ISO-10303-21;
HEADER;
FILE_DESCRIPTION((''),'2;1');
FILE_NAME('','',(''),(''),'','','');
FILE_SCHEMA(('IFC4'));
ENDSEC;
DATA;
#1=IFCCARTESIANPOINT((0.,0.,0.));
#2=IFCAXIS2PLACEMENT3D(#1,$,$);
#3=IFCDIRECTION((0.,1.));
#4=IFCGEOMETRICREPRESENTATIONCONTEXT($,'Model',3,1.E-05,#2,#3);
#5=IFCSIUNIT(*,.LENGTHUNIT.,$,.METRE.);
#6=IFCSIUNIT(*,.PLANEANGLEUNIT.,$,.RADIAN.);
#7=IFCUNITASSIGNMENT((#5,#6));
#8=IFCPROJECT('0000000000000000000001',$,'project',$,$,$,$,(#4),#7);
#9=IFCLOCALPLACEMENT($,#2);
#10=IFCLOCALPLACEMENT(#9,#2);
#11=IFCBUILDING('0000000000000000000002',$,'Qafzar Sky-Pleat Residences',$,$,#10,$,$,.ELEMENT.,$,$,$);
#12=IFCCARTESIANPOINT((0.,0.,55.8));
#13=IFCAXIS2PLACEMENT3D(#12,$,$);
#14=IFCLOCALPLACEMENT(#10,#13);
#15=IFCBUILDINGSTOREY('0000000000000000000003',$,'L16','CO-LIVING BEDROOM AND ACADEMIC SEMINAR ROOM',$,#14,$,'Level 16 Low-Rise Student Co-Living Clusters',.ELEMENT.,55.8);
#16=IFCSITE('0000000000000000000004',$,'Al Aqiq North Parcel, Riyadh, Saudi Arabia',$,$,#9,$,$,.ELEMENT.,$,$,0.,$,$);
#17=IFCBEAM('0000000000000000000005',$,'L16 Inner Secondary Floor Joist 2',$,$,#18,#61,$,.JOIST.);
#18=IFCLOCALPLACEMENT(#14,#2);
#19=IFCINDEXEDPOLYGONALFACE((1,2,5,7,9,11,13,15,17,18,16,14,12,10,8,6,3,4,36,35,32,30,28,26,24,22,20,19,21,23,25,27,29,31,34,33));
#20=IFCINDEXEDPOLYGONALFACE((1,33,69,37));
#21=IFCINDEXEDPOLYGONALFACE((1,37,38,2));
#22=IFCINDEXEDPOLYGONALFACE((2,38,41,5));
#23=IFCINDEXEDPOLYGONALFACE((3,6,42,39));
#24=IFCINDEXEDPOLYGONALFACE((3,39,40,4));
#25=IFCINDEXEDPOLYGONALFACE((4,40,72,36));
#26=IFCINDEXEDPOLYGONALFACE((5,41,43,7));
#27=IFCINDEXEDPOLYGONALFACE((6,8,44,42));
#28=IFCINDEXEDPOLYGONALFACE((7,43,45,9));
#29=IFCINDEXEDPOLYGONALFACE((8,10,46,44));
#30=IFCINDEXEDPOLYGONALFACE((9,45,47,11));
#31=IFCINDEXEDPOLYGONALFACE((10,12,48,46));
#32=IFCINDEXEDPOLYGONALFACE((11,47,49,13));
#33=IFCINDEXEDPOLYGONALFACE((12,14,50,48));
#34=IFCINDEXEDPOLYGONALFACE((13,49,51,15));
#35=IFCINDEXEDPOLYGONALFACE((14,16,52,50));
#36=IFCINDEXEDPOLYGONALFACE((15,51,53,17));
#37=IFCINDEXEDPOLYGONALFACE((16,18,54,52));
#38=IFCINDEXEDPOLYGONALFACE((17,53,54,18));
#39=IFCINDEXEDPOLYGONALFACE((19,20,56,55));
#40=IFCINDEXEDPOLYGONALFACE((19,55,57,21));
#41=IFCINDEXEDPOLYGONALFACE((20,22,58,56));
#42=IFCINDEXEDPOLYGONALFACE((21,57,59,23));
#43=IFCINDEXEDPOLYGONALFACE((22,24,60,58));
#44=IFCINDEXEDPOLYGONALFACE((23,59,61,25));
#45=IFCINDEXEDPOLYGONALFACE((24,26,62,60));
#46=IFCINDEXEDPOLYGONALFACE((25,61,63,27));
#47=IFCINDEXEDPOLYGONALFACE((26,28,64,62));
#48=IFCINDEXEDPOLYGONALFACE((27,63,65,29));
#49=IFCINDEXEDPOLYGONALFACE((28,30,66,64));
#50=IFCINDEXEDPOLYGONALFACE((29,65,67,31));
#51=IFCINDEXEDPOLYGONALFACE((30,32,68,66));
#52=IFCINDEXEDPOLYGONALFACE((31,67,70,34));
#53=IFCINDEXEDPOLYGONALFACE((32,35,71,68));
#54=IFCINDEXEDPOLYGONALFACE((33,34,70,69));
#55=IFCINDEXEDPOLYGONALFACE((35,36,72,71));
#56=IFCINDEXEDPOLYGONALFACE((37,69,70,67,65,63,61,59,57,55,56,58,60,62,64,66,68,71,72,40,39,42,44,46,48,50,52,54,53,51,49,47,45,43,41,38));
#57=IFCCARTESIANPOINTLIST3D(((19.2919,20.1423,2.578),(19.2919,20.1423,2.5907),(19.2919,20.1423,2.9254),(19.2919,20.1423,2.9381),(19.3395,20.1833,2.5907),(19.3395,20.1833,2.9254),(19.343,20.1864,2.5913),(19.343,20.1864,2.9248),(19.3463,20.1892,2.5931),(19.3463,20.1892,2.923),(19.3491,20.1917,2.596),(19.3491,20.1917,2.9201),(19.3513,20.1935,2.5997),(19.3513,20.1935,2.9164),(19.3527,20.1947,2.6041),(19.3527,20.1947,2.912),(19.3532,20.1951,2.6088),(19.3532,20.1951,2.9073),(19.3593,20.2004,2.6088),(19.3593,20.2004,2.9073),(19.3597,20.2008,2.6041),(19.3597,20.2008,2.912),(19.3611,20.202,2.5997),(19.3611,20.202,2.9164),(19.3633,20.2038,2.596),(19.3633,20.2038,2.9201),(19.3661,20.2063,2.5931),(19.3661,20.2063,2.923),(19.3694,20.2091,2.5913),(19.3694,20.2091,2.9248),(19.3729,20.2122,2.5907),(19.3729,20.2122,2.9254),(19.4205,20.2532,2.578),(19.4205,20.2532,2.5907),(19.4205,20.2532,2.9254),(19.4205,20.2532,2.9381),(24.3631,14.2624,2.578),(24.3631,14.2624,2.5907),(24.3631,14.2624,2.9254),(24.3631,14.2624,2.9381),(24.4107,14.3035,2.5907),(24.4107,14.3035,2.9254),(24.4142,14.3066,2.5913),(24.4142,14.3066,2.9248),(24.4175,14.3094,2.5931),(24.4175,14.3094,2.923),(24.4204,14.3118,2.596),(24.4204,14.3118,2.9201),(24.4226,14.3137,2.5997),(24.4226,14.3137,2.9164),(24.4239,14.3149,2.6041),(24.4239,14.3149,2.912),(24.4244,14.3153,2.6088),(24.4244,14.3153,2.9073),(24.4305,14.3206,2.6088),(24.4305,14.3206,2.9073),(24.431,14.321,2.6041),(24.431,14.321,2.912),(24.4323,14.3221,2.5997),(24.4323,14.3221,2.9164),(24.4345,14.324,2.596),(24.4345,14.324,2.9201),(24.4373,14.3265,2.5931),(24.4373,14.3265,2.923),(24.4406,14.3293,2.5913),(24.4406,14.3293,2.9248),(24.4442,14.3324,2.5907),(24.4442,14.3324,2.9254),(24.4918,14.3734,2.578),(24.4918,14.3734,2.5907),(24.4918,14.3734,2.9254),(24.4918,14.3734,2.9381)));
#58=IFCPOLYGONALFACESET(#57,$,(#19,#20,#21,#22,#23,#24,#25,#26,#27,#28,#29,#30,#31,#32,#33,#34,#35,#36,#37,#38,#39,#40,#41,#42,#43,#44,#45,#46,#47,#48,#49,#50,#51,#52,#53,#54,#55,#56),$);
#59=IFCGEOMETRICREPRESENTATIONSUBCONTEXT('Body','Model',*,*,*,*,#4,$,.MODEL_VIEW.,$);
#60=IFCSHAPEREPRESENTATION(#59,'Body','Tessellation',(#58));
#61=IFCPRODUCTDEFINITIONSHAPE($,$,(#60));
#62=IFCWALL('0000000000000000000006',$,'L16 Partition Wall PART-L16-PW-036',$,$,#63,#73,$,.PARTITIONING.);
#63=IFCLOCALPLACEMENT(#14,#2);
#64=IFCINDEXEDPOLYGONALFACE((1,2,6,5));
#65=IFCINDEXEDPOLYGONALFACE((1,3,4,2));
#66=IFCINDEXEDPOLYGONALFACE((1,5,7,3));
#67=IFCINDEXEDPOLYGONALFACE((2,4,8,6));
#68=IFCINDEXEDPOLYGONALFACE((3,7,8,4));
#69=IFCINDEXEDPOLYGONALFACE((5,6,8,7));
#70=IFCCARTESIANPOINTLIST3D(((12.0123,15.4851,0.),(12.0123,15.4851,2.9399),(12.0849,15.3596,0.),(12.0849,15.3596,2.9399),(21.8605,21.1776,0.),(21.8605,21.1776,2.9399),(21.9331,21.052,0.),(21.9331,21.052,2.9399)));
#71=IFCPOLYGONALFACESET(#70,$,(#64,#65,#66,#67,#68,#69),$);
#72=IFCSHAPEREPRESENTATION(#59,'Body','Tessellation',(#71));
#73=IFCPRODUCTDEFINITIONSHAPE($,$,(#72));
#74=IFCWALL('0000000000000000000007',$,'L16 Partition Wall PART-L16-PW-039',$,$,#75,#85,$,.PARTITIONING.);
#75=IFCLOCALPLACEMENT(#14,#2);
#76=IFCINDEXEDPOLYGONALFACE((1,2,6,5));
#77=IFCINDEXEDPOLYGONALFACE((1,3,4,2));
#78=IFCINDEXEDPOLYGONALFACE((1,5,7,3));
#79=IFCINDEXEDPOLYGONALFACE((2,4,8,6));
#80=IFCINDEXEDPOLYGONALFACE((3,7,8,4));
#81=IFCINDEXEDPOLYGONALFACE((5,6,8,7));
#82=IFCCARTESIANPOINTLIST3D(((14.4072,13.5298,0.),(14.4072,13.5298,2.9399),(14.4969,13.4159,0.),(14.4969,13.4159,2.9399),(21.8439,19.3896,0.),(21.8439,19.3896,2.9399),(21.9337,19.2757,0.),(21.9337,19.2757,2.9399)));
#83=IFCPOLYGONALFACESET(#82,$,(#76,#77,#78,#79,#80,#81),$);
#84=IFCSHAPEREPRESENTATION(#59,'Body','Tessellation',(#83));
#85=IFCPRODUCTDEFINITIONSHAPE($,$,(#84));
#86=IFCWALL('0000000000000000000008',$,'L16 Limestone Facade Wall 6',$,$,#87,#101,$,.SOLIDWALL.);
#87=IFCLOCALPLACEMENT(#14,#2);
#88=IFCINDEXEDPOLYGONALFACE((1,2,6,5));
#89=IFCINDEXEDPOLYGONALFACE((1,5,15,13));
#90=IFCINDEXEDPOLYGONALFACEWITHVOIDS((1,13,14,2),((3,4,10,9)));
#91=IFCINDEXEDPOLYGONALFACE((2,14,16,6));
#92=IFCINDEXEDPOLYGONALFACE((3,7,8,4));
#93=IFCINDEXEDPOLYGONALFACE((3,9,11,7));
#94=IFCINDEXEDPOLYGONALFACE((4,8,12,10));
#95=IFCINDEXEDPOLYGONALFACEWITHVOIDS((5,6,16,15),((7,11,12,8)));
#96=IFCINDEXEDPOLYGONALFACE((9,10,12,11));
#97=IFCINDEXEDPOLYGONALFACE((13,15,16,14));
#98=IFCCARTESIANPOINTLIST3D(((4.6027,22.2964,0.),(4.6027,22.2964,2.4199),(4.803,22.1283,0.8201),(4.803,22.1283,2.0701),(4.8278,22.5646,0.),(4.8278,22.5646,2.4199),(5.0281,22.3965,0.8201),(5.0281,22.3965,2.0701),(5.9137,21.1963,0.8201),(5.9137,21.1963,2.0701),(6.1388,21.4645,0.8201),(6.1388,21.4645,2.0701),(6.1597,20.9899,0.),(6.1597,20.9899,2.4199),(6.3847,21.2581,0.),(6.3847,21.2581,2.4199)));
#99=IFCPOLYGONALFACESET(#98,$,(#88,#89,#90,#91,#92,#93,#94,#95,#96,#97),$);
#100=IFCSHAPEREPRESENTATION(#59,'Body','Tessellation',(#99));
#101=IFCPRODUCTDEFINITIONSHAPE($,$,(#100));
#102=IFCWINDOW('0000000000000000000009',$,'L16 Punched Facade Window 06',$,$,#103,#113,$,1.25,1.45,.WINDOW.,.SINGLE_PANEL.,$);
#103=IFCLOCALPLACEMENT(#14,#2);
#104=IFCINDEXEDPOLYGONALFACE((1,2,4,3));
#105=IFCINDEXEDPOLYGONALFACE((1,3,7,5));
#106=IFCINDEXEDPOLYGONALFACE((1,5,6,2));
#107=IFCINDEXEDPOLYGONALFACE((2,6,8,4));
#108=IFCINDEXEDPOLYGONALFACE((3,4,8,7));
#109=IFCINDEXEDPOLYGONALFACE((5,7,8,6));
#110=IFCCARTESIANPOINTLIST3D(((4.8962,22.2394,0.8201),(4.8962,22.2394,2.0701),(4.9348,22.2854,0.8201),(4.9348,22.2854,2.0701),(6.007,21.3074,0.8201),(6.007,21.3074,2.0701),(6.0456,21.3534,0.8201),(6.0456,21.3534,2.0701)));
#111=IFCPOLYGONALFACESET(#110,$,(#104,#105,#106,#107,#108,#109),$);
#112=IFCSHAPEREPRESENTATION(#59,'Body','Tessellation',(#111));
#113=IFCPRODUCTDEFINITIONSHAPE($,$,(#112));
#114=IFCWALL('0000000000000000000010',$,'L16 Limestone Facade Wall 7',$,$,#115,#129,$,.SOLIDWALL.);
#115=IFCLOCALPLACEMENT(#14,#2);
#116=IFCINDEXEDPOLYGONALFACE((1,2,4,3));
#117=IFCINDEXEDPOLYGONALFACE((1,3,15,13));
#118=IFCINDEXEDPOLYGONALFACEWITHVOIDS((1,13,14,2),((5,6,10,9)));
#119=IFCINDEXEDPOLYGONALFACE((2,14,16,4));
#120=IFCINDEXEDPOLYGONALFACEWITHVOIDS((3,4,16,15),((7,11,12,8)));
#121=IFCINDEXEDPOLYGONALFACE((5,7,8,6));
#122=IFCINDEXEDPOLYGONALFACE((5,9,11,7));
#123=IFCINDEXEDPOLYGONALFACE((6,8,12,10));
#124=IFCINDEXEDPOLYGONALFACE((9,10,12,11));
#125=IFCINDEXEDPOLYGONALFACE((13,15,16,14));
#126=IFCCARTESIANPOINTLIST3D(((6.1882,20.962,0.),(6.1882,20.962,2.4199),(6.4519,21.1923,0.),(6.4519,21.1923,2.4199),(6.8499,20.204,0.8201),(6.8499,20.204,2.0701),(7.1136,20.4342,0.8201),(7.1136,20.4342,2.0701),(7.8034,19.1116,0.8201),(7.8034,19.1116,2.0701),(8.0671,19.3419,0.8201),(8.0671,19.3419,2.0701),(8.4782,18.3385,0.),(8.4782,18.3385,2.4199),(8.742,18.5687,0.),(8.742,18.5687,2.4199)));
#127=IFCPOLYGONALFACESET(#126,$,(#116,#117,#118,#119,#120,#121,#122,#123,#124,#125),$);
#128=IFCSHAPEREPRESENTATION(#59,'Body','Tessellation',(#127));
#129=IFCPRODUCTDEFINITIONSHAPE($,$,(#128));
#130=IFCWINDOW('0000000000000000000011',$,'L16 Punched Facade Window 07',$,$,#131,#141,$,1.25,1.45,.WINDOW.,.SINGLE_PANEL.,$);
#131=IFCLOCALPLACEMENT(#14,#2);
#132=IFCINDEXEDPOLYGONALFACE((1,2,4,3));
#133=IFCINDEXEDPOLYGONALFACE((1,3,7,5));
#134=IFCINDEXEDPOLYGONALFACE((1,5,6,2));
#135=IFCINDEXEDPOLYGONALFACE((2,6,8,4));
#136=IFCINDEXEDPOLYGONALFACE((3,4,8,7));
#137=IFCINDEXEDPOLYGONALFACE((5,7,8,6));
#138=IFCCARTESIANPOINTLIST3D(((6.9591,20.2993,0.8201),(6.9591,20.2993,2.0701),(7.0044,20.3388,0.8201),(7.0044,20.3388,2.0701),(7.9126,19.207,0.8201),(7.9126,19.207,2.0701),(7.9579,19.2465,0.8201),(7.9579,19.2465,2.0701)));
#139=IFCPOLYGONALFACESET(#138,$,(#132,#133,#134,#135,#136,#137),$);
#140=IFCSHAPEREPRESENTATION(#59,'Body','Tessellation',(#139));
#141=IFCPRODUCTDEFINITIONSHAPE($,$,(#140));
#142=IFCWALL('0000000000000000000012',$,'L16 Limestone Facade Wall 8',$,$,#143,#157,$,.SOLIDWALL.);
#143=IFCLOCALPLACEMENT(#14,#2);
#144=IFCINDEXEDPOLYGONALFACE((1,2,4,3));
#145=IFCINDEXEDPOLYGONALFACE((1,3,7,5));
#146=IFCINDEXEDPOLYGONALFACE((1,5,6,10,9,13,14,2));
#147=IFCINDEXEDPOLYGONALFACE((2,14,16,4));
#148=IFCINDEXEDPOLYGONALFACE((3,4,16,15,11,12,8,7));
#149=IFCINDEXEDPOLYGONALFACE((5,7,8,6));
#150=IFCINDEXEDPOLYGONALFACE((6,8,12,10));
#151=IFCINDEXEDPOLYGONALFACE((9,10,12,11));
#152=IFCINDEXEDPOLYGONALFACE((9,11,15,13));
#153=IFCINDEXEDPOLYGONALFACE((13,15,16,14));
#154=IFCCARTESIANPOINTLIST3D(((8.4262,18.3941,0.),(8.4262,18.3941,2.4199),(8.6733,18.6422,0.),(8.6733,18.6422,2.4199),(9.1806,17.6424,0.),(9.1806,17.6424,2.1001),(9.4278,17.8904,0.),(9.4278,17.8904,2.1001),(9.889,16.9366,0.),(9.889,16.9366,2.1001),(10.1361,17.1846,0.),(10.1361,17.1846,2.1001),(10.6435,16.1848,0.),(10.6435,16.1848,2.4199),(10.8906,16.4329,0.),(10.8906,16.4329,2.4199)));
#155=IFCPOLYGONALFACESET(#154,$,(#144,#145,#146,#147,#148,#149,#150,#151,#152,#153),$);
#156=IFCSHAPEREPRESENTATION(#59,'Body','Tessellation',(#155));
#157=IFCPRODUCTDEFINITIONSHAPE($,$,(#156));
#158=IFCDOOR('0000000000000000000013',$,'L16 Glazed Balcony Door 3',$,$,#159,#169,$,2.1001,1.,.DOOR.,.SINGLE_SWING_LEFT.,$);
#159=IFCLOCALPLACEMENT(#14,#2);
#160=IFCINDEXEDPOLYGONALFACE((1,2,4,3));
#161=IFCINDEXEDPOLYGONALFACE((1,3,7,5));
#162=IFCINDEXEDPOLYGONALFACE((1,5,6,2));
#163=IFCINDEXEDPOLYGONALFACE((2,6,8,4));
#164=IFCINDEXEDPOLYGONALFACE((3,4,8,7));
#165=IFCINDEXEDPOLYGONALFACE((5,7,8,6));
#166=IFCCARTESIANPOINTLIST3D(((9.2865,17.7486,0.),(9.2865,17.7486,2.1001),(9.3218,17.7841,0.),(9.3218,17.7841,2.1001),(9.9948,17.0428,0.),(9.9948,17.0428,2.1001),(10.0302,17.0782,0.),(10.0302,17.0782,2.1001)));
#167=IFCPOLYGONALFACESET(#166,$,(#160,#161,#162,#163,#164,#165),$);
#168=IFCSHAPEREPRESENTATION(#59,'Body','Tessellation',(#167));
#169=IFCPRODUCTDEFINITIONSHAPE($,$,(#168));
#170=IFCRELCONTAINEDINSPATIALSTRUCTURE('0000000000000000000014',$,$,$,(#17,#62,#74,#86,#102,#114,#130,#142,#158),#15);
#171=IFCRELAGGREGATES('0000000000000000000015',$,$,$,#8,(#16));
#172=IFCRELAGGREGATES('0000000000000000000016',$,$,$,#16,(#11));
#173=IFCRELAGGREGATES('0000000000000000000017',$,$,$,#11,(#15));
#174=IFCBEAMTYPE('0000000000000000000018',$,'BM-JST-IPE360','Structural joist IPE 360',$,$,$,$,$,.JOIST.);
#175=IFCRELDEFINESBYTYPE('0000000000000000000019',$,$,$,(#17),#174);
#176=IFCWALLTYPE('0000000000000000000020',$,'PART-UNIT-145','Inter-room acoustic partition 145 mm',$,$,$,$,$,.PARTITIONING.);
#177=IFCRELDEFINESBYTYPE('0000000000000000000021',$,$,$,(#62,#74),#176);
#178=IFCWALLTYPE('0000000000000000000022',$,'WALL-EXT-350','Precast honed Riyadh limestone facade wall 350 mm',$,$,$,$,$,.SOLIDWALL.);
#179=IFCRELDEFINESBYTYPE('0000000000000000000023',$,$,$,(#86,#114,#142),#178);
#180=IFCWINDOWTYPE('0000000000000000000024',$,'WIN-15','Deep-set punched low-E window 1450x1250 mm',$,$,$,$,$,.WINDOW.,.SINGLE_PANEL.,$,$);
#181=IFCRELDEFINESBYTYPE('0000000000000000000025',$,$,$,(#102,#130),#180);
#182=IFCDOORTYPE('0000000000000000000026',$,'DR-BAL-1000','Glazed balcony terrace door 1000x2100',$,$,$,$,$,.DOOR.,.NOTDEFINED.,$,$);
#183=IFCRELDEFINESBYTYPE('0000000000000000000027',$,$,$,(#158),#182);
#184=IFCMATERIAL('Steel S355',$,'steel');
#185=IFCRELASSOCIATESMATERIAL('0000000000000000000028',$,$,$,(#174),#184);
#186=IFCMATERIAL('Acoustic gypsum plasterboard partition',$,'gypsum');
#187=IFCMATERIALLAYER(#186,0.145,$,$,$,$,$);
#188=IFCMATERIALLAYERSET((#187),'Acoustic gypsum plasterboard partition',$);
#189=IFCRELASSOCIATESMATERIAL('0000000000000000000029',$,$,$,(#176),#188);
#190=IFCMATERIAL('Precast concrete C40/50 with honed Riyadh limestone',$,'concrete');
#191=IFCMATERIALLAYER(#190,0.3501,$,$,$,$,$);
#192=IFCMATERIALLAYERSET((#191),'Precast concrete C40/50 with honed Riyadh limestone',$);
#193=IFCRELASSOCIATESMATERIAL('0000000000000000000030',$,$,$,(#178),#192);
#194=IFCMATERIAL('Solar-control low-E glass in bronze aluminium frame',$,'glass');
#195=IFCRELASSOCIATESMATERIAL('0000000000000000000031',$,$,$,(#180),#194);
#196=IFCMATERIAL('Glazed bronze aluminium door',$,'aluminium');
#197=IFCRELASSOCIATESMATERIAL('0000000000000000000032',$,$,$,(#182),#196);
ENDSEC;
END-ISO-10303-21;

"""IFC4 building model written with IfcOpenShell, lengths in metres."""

from ifc_helpers import new_model, si_unit, direction, frame, frame_2d, origin, origin_2d, place, context, subcontext, project, spatial, rectangle, i_section, extrude, source, transform, mapped, material, layer, layer_set, material_profile, profile_set, type_object, element, fill, save


model = new_model("IFC4")

# Units and contexts
model_context = context("Model", 3, precision=1e-05, world=origin(), true_north=direction((0.0, 1.0)))
body_context = subcontext(model_context, "Body", "Model", "MODEL_VIEW")
ifc_project = project(units=[si_unit("LENGTHUNIT", "METRE"), si_unit("PLANEANGLEUNIT", "RADIAN")], contexts=[model_context])

# Site, building, storey
site_placement = place(None, origin())
site = spatial("IfcSite", under=ifc_project, at=site_placement, Name="Al Aqiq North Parcel, Riyadh, Saudi Arabia", CompositionType="ELEMENT", RefElevation=0.0)
building_placement = place(site_placement, origin())
building = spatial("IfcBuilding", under=site, at=building_placement, Name="Qafzar Sky-Pleat Residences", CompositionType="ELEMENT")
storey_placement = place(building_placement, frame((0.0, 0.0, 55.8)))
storey = spatial("IfcBuildingStorey", under=building, at=storey_placement, Name="L16", Description="CO-LIVING BEDROOM AND ACADEMIC SEMINAR ROOM", LongName="Level 16 Low-Rise Student Co-Living Clusters", CompositionType="ELEMENT", Elevation=55.8)

# Beam
ifc_material_1 = material(Name="Steel S355", Category="steel")
ifc_material_profile_1 = material_profile(ifc_material_1, i_section(OverallWidth=0.1699, OverallDepth=0.3601, WebThickness=0.0081, FlangeThickness=0.0127, FilletRadius=0.0181, at=origin_2d()), Name="IPE 360")
ifc_profile_set_1 = profile_set([ifc_material_profile_1], Name="Steel S355")
beam_type_1 = type_object("IfcBeamType", Name="BM-JST-IPE360", Description="Structural joist IPE 360", PredefinedType="JOIST", material=ifc_profile_set_1)
shared_shape_1 = source(origin(), body_context, "Body", "SweptSolid", [
    extrude(i_section(OverallWidth=0.1699, OverallDepth=0.3601, WebThickness=0.0081, FlangeThickness=0.0127, FilletRadius=0.0181, at=origin_2d()), origin(), (0.0, 0.0, 1.0), 7.7646),
])
beam_1_placement = place(storey_placement, frame((19.3562, 20.1978, 2.7581), z_axis=(0.653119, -0.757256, 0.0), x_axis=(0.757256, 0.653119, 0.0)))
element("IfcBeam", 1, at=beam_1_placement, inside=storey, type_object=beam_type_1, Name="L16 Inner Secondary Floor Joist 2", PredefinedType="JOIST", context=body_context, shape_type="MappedRepresentation", body=[
    mapped(shared_shape_1, transform((0.0, 0.0, 0.0), x_axis=(1.0, 0.0, 0.0), y_axis=(0.0, 1.0, 0.0), z_axis=(0.0, 0.0, 1.0), scale=1.0)),
])

# Walls
ifc_material_2 = material(Name="Acoustic gypsum plasterboard partition", Category="gypsum")
ifc_layer_1 = layer(ifc_material_2, 0.145)
ifc_layer_set_1 = layer_set([ifc_layer_1], Name="Acoustic gypsum plasterboard partition")
wall_type_1 = type_object("IfcWallType", Name="PART-UNIT-145", Description="Inter-room acoustic partition 145 mm", PredefinedType="PARTITIONING", material=ifc_layer_set_1)
wall_1_placement = place(storey_placement, frame((12.0486, 15.4224, 0.0), z_axis=(0.0, 0.0, 1.0), x_axis=(0.865776, 0.500432, 0.0)))
element("IfcWall", 2, at=wall_1_placement, inside=storey, type_object=wall_type_1, Name="L16 Partition Wall PART-L16-PW-036", PredefinedType="PARTITIONING", context=body_context, shape_type="SweptSolid", body=[
    extrude(rectangle(XDim=11.375, YDim=0.145, at=frame_2d((5.6875, 0.0))), origin(), (0.0, 0.0, 1.0), 2.9399),
])
wall_2_placement = place(storey_placement, frame((14.4521, 13.4729, 0.0), z_axis=(0.0, 0.0, 1.0), x_axis=(0.785461, 0.618911, 0.0)))
element("IfcWall", 3, at=wall_2_placement, inside=storey, type_object=wall_type_1, Name="L16 Partition Wall PART-L16-PW-039", PredefinedType="PARTITIONING", context=body_context, shape_type="SweptSolid", body=[
    extrude(rectangle(XDim=9.468, YDim=0.145, at=frame_2d((4.7339, 0.0))), origin(), (0.0, 0.0, 1.0), 2.9399),
])

# Walls, openings, windows
ifc_material_3 = material(Name="Precast concrete C40/50 with honed Riyadh limestone", Category="concrete")
ifc_layer_2 = layer(ifc_material_3, 0.3501)
ifc_layer_set_2 = layer_set([ifc_layer_2], Name="Precast concrete C40/50 with honed Riyadh limestone")
wall_type_2 = type_object("IfcWallType", Name="WALL-EXT-350", Description="Precast honed Riyadh limestone facade wall 350 mm", PredefinedType="SOLIDWALL", material=ifc_layer_set_2)
wall_3_placement = place(storey_placement, frame((4.7153, 22.4304, 0.0), z_axis=(0.0, 0.0, 1.0), x_axis=(0.766041, -0.642792, 0.0)))
wall_3 = element("IfcWall", 4, at=wall_3_placement, inside=storey, type_object=wall_type_2, Name="L16 Limestone Facade Wall 6", PredefinedType="SOLIDWALL", context=body_context, shape_type="SweptSolid", body=[
    extrude(rectangle(XDim=2.0325, YDim=0.3501, at=frame_2d((1.0161, 0.0))), origin(), (0.0, 0.0, 1.0), 2.4199),
])
opening_1_placement = place(wall_3_placement, frame((0.2612, 0.0, 0.8201)))
opening_1 = element("IfcOpeningElement", 5, at=opening_1_placement, cuts=wall_3, PredefinedType="OPENING", context=body_context, shape_type="SweptSolid", body=[
    extrude(rectangle(XDim=1.45, YDim=1.25, at=frame_2d((0.7251, 0.625))), frame((0.0, 0.1851, 0.0), z_axis=(0.0, -1.0, 0.0), x_axis=(1.0, 0.0, 0.0)), (0.0, 0.0, 1.0), 0.3701),
])
ifc_material_4 = material(Name="Solar-control low-E glass in bronze aluminium frame", Category="glass")
window_type_1 = type_object("IfcWindowType", Name="WIN-15", Description="Deep-set punched low-E window 1450x1250 mm", PartitioningType="SINGLE_PANEL", PredefinedType="WINDOW", material=ifc_material_4)
shared_shape_2 = source(origin(), body_context, "Body", "SweptSolid", [
    extrude(rectangle(XDim=1.45, YDim=1.25, at=frame_2d((0.7251, 0.625))), frame((0.0, 0.03, 0.0), z_axis=(0.0, -1.0, 0.0), x_axis=(1.0, 0.0, 0.0)), (0.0, 0.0, 1.0), 0.0601),
])
window_1_placement = place(opening_1_placement, origin())
window_1 = element("IfcWindow", 6, at=window_1_placement, inside=storey, type_object=window_type_1, Name="L16 Punched Facade Window 06", OverallHeight=1.25, OverallWidth=1.45, PartitioningType="SINGLE_PANEL", PredefinedType="WINDOW", context=body_context, shape_type="MappedRepresentation", body=[
    mapped(shared_shape_2, transform((0.0, 0.0, 0.0), x_axis=(1.0, 0.0, 0.0), y_axis=(0.0, 1.0, 0.0), z_axis=(0.0, 0.0, 1.0), scale=1.0)),
])
fill(opening_1, window_1)
wall_4_placement = place(storey_placement, frame((6.3201, 21.0771, 0.0), z_axis=(0.0, 0.0, 1.0), x_axis=(0.657601, -0.753367, 0.0)))
wall_4 = element("IfcWall", 7, at=wall_4_placement, inside=storey, type_object=wall_type_2, Name="L16 Limestone Facade Wall 7", PredefinedType="SOLIDWALL", context=body_context, shape_type="SweptSolid", body=[
    extrude(rectangle(XDim=3.4824, YDim=0.3501, at=frame_2d((1.7412, 0.0))), origin(), (0.0, 0.0, 1.0), 2.4199),
])
opening_2_placement = place(wall_4_placement, frame((1.0061, 0.0, 0.8201)))
opening_2 = element("IfcOpeningElement", 8, at=opening_2_placement, cuts=wall_4, PredefinedType="OPENING", context=body_context, shape_type="SweptSolid", body=[
    extrude(rectangle(XDim=1.45, YDim=1.25, at=frame_2d((0.7251, 0.625))), frame((0.0, 0.1851, 0.0), z_axis=(0.0, -1.0, 0.0), x_axis=(1.0, 0.0, 0.0)), (0.0, 0.0, 1.0), 0.3701),
])
window_2_placement = place(opening_2_placement, origin())
window_2 = element("IfcWindow", 9, at=window_2_placement, inside=storey, type_object=window_type_1, Name="L16 Punched Facade Window 07", OverallHeight=1.25, OverallWidth=1.45, PartitioningType="SINGLE_PANEL", PredefinedType="WINDOW", context=body_context, shape_type="MappedRepresentation", body=[
    mapped(shared_shape_2, transform((0.0, 0.0, 0.0), x_axis=(1.0, 0.0, 0.0), y_axis=(0.0, 1.0, 0.0), z_axis=(0.0, 0.0, 1.0), scale=1.0)),
])
fill(opening_2, window_2)

# Wall, opening, door
wall_5_placement = place(storey_placement, frame((8.5498, 18.5181, 0.0), z_axis=(0.0, 0.0, 1.0), x_axis=(0.708393, -0.705819, 0.0)))
wall_5 = element("IfcWall", 10, at=wall_5_placement, inside=storey, type_object=wall_type_2, Name="L16 Limestone Facade Wall 8", PredefinedType="SOLIDWALL", context=body_context, shape_type="SweptSolid", body=[
    extrude(rectangle(XDim=3.1301, YDim=0.3501, at=frame_2d((1.5649, 0.0))), origin(), (0.0, 0.0, 1.0), 2.4199),
])
opening_3_placement = place(wall_5_placement, frame((1.0649, 0.0, 0.0)))
opening_3 = element("IfcOpeningElement", 11, at=opening_3_placement, cuts=wall_5, PredefinedType="OPENING", context=body_context, shape_type="SweptSolid", body=[
    extrude(rectangle(XDim=1.0, YDim=2.1001, at=frame_2d((0.5, 1.05))), frame((0.0, 0.1851, 0.0), z_axis=(0.0, -1.0, 0.0), x_axis=(1.0, 0.0, 0.0)), (0.0, 0.0, 1.0), 0.3701),
])
ifc_material_5 = material(Name="Glazed bronze aluminium door", Category="aluminium")
door_type = type_object("IfcDoorType", Name="DR-BAL-1000", Description="Glazed balcony terrace door 1000x2100", OperationType="NOTDEFINED", PredefinedType="DOOR", material=ifc_material_5)
shared_shape_3 = source(origin(), body_context, "Body", "SweptSolid", [
    extrude(rectangle(XDim=1.0, YDim=2.1001, at=frame_2d((0.5, 1.05))), frame((0.0, 0.0249, 0.0), z_axis=(0.0, -1.0, 0.0), x_axis=(1.0, 0.0, 0.0)), (0.0, 0.0, 1.0), 0.05),
])
door_placement = place(opening_3_placement, origin())
door = element("IfcDoor", 12, at=door_placement, inside=storey, type_object=door_type, Name="L16 Glazed Balcony Door 3", OperationType="SINGLE_SWING_LEFT", OverallHeight=2.1001, OverallWidth=1.0, PredefinedType="DOOR", context=body_context, shape_type="MappedRepresentation", body=[
    mapped(shared_shape_3, transform((0.0, 0.0, 0.0), x_axis=(1.0, 0.0, 0.0), y_axis=(0.0, 1.0, 0.0), z_axis=(0.0, 0.0, 1.0), scale=1.0)),
])
fill(opening_3, door)

save(model, "model.ifc")
